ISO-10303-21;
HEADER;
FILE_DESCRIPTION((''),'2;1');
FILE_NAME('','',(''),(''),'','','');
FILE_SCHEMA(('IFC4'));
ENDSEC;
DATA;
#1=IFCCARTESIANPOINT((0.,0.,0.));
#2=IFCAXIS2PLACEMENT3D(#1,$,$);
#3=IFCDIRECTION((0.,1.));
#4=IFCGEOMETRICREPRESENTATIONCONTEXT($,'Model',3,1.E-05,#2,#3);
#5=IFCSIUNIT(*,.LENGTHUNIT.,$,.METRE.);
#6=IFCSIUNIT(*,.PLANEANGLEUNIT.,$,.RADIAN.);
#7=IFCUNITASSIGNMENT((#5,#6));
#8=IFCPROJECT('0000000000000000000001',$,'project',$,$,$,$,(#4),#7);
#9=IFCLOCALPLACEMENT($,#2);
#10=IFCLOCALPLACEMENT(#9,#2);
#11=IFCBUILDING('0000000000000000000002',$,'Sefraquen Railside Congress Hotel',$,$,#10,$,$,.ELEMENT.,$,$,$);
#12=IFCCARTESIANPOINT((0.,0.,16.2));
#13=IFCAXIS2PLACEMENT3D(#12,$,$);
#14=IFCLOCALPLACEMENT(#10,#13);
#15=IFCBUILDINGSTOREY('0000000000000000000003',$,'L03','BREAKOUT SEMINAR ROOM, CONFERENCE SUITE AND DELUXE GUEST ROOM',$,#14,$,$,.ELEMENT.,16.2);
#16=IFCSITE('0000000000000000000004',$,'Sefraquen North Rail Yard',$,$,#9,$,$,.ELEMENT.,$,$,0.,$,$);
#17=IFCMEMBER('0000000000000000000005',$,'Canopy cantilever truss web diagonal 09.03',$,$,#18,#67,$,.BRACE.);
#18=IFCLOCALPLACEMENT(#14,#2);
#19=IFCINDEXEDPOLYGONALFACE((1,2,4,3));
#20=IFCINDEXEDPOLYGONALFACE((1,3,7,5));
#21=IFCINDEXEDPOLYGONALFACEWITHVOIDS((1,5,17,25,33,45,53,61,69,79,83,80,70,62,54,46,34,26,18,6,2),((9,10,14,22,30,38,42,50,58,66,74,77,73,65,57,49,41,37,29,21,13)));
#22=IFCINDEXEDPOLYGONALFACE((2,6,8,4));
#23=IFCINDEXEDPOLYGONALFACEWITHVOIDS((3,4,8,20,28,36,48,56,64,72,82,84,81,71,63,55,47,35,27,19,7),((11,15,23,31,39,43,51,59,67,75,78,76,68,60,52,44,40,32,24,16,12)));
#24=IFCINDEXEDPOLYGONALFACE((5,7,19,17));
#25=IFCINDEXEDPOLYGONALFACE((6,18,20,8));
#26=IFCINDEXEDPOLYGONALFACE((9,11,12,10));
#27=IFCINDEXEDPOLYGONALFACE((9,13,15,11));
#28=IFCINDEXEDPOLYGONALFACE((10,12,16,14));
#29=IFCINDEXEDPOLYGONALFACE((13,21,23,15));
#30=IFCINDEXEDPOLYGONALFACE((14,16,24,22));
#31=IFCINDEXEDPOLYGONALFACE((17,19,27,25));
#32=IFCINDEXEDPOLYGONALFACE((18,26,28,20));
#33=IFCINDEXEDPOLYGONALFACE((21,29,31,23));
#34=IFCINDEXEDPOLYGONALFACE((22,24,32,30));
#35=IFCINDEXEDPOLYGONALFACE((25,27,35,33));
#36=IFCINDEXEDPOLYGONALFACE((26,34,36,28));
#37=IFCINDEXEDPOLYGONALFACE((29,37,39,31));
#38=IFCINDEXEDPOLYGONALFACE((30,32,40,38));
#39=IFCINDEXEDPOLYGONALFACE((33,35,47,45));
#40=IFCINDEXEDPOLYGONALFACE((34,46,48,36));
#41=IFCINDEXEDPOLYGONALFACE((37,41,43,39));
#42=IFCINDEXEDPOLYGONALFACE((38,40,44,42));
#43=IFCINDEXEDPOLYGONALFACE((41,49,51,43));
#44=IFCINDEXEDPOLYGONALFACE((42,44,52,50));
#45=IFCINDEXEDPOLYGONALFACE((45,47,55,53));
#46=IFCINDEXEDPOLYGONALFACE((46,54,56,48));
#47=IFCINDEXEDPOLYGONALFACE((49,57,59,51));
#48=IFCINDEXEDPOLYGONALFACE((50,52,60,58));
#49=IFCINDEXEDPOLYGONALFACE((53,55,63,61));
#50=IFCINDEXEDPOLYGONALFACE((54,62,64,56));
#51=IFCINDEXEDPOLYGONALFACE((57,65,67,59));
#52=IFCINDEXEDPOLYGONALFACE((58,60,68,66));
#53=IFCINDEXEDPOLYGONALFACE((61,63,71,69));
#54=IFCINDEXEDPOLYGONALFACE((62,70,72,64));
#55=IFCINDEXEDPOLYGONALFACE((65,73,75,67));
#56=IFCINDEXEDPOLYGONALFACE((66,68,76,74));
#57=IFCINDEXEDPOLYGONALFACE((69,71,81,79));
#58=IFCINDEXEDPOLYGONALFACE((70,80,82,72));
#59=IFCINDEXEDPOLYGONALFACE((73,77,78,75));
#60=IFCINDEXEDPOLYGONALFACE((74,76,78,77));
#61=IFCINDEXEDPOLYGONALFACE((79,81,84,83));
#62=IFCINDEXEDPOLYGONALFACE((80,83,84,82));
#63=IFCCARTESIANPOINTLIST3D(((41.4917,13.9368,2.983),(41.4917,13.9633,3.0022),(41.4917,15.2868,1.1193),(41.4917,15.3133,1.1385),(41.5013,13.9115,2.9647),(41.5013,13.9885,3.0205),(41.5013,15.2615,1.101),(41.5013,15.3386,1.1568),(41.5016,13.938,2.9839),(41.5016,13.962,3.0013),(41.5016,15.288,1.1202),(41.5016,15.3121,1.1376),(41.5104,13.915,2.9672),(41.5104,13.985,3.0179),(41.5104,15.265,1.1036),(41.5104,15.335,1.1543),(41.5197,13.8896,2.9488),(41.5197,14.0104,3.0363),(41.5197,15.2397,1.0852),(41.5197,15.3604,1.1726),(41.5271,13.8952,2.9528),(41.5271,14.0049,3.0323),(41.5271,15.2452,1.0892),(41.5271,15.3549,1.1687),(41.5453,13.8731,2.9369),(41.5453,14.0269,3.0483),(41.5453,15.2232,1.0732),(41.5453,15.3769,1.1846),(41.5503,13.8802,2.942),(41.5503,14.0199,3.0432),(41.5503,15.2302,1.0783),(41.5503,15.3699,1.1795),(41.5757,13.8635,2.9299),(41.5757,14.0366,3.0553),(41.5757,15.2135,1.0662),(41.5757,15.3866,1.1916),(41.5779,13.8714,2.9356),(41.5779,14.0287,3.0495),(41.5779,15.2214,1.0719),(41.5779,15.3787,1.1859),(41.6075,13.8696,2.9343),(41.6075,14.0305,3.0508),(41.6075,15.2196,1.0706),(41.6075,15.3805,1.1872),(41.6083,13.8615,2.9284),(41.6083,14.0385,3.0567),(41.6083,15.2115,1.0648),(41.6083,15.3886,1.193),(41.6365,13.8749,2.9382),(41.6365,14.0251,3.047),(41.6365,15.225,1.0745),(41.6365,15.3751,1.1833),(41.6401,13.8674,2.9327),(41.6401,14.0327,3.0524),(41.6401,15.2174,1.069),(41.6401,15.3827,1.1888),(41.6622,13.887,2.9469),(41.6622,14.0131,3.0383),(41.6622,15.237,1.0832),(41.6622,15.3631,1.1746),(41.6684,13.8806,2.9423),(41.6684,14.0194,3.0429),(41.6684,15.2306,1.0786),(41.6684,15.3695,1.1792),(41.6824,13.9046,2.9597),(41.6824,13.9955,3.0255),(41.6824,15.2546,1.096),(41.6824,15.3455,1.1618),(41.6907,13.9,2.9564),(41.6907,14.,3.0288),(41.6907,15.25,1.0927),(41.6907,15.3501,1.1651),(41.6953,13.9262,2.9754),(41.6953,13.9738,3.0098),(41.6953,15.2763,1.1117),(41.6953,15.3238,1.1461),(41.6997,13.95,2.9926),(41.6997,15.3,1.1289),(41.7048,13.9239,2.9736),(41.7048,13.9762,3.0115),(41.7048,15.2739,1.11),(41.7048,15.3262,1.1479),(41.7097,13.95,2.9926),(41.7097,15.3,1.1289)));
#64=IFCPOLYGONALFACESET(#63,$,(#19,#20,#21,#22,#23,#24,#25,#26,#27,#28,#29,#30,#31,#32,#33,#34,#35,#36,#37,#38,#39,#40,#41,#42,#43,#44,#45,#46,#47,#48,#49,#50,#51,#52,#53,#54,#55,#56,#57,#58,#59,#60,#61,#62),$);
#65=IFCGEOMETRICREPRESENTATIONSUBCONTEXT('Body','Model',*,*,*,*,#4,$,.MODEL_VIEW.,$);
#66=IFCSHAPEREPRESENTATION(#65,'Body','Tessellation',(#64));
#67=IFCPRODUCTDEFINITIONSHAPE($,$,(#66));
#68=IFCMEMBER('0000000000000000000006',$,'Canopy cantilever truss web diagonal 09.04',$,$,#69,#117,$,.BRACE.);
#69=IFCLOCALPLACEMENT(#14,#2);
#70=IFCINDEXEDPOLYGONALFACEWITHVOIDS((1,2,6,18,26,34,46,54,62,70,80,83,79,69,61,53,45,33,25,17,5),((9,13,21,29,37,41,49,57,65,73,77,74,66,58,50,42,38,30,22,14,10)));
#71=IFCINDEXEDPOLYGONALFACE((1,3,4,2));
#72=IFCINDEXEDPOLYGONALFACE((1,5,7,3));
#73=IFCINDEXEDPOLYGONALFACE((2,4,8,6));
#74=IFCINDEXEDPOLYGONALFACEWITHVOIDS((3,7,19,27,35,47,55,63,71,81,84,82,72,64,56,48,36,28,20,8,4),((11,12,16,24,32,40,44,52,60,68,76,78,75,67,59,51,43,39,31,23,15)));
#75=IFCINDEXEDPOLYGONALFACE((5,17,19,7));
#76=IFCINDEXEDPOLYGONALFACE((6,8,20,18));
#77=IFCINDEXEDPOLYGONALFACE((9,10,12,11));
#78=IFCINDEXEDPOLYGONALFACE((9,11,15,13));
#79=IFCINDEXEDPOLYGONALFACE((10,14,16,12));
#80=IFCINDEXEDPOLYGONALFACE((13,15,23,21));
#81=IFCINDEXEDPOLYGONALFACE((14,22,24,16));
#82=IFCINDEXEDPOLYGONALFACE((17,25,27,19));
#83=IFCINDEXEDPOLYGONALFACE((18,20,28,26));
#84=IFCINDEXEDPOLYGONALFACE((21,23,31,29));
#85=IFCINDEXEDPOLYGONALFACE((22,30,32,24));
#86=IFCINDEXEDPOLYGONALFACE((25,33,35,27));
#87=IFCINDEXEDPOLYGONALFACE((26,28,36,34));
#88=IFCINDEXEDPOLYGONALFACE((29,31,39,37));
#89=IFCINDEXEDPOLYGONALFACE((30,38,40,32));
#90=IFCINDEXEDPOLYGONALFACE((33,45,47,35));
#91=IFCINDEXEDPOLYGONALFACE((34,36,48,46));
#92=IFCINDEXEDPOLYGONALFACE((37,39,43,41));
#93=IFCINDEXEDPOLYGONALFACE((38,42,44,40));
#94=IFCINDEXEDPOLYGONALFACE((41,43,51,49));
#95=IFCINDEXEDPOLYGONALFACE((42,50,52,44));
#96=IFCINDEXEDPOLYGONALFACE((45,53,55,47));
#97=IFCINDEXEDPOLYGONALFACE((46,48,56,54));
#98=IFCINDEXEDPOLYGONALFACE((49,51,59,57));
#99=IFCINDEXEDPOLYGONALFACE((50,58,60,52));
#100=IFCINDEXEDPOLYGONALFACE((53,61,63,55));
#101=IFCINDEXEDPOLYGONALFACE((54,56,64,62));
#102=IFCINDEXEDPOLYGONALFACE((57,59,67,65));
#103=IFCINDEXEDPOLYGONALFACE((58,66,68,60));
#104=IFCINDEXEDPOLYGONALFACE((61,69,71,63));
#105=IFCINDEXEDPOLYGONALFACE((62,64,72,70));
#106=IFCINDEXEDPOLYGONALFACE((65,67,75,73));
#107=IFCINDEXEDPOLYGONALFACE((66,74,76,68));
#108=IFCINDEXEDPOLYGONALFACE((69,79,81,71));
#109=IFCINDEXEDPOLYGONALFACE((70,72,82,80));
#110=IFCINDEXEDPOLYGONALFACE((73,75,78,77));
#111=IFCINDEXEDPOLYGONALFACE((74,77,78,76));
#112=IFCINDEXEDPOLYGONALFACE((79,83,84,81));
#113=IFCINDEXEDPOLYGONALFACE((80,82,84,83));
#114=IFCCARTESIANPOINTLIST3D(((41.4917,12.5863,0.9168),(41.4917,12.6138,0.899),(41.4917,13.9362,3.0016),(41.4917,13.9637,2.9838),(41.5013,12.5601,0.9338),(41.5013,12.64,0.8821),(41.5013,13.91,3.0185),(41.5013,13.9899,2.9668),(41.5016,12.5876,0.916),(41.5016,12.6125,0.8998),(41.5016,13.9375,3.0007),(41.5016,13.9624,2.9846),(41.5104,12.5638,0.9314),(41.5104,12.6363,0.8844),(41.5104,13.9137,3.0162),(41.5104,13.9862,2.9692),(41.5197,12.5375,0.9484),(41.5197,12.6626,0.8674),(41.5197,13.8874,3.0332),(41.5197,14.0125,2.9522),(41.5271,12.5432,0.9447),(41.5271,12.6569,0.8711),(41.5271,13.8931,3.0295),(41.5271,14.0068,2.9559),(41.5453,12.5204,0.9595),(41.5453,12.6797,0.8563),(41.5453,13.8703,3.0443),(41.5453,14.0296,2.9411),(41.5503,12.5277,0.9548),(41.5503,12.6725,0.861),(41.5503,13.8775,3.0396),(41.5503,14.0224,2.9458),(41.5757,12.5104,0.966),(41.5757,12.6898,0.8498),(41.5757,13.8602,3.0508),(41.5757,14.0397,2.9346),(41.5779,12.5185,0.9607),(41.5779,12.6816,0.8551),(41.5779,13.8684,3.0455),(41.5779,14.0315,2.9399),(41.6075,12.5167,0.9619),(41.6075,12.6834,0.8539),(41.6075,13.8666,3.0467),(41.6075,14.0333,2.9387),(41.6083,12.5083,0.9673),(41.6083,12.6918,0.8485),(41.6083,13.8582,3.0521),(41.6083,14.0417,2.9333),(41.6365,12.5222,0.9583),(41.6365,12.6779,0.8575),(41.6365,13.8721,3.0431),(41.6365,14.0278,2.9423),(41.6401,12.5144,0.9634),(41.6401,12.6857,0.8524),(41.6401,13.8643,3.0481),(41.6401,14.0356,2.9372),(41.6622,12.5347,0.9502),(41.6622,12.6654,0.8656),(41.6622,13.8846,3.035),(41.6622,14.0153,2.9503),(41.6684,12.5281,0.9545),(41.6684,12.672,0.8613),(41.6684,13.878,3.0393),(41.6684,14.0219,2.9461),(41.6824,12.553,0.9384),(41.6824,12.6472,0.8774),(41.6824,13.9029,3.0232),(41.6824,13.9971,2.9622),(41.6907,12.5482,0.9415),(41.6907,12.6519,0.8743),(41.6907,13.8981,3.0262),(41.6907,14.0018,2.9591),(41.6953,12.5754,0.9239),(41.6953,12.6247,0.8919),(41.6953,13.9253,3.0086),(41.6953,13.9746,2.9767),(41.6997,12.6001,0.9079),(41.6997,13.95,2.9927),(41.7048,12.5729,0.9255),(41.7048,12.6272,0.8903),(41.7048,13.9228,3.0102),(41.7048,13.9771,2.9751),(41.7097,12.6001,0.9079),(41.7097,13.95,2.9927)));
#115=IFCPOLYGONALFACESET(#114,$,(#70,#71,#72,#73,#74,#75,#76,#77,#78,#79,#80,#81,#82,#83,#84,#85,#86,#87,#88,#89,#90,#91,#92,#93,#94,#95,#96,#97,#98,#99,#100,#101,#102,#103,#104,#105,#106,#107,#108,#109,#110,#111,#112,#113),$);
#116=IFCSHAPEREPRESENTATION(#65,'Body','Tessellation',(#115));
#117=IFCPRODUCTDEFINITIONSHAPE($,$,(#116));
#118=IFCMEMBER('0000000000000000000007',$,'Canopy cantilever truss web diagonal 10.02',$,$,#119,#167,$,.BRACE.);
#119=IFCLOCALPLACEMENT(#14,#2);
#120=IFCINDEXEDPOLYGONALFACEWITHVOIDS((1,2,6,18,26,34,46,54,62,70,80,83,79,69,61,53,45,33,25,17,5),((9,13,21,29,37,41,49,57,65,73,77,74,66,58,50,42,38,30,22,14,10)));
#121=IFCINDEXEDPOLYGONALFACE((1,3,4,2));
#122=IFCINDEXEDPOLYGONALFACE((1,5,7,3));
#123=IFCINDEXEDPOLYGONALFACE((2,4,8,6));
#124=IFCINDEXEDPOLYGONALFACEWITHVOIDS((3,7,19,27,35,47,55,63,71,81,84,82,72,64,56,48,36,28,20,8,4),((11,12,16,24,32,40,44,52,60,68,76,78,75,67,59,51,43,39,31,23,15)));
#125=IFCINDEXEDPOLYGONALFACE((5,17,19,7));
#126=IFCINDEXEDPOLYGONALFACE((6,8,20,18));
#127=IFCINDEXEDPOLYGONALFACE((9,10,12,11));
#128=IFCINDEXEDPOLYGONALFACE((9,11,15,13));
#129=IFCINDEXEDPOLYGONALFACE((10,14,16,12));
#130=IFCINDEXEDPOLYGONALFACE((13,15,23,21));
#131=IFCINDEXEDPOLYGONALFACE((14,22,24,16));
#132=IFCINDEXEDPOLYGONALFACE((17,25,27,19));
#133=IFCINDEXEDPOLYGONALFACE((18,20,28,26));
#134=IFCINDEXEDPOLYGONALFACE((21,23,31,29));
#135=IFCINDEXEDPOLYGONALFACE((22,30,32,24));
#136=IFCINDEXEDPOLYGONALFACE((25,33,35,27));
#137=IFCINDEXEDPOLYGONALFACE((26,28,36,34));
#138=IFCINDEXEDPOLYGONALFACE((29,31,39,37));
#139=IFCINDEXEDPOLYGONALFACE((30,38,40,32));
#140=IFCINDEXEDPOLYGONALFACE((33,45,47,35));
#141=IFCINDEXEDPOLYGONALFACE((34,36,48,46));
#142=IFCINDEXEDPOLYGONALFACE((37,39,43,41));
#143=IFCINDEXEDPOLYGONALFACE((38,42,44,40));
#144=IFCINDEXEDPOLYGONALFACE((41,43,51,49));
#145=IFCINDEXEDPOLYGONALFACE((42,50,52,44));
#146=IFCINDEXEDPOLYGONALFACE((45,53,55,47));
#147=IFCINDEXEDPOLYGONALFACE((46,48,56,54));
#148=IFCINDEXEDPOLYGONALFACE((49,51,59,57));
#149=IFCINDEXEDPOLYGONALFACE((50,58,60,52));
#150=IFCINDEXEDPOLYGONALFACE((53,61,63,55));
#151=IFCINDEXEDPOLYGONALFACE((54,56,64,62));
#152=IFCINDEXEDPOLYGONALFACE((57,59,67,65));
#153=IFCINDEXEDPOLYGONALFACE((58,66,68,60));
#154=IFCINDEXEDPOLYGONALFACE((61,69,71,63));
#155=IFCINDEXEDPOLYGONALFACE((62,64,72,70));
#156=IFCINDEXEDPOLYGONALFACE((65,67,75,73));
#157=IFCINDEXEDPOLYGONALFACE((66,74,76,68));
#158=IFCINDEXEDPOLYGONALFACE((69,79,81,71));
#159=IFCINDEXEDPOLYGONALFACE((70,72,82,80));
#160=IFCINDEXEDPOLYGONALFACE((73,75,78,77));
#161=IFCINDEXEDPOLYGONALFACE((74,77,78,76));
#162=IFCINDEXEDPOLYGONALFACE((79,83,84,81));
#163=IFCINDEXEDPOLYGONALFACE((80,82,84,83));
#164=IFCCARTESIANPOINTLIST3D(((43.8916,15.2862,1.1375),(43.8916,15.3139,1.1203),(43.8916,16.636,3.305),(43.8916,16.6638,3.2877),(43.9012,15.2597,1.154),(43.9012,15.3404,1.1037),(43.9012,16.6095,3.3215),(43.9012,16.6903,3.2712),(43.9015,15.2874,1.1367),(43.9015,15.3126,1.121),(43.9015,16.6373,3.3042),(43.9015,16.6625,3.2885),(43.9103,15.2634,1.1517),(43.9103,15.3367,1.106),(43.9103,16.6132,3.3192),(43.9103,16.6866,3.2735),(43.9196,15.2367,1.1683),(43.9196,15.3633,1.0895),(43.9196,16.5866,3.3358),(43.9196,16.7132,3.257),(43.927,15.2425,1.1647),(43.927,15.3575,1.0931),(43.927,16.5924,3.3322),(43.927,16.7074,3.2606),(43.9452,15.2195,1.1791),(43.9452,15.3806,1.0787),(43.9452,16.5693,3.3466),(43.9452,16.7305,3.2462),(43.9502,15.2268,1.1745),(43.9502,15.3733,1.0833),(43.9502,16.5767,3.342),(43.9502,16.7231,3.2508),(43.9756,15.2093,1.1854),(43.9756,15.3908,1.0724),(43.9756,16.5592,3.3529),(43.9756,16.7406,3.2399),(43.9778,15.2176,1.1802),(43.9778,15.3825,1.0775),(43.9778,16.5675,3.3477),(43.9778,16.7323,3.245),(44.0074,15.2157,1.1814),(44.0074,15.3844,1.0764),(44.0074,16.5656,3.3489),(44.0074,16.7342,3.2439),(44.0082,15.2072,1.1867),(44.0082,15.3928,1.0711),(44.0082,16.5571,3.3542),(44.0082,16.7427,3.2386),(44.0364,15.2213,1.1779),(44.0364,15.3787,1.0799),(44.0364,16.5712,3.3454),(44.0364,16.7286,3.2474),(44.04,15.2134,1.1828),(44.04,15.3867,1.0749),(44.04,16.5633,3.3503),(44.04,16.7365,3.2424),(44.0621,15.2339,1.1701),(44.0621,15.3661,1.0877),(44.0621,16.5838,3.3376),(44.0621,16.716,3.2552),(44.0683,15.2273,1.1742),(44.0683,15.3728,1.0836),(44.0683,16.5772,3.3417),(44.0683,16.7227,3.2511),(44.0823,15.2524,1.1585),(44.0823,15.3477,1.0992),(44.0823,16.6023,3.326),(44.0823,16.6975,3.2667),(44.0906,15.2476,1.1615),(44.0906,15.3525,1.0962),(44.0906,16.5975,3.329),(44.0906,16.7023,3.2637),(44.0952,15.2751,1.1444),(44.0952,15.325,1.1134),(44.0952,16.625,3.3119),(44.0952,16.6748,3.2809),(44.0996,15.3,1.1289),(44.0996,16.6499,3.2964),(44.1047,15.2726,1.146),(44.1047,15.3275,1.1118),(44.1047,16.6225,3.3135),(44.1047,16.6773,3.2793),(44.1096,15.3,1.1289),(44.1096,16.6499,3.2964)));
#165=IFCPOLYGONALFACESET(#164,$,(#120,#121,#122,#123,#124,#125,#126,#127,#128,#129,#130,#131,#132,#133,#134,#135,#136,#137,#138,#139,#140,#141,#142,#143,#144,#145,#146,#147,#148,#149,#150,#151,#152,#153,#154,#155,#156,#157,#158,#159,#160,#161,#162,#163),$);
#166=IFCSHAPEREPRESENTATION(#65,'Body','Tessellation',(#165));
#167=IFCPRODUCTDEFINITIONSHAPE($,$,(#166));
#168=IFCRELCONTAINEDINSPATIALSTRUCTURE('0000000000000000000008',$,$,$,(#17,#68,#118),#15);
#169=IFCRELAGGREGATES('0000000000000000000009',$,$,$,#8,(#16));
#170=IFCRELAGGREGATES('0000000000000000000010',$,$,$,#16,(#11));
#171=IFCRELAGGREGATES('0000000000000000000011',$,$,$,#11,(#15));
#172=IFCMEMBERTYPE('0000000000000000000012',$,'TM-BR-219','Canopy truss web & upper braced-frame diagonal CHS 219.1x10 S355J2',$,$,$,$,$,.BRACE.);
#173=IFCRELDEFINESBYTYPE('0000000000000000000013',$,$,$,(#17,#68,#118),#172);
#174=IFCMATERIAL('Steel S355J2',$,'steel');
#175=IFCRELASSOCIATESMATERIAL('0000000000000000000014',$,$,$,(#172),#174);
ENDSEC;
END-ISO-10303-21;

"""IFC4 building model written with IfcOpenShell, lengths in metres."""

from ifc_helpers import new_model, si_unit, direction, frame, origin, origin_2d, place, context, subcontext, project, spatial, hollow_circle, extrude, material, material_profile, profile_set, type_object, element, save


model = new_model("IFC4")

# Units and contexts
model_context = context("Model", 3, precision=1e-05, world=origin(), true_north=direction((0.0, 1.0)))
body_context = subcontext(model_context, "Body", "Model", "MODEL_VIEW")
ifc_project = project(units=[si_unit("LENGTHUNIT", "METRE"), si_unit("PLANEANGLEUNIT", "RADIAN")], contexts=[model_context])

# Site, building, storey
site_placement = place(None, origin())
site = spatial("IfcSite", under=ifc_project, at=site_placement, Name="Sefraquen North Rail Yard", CompositionType="ELEMENT", RefElevation=0.0)
building_placement = place(site_placement, origin())
building = spatial("IfcBuilding", under=site, at=building_placement, Name="Sefraquen Railside Congress Hotel", CompositionType="ELEMENT")
storey_placement = place(building_placement, frame((0.0, 0.0, 16.2)))
storey = spatial("IfcBuildingStorey", under=building, at=storey_placement, Name="L03", Description="BREAKOUT SEMINAR ROOM, CONFERENCE SUITE AND DELUXE GUEST ROOM", CompositionType="ELEMENT", Elevation=16.2)

# Shared definitions
ifc_material_1 = material(Name="Steel S355J2", Category="steel")

# Members
ifc_material_profile_1 = material_profile(ifc_material_1, hollow_circle(Radius=0.1096, WallThickness=0.01, at=origin_2d()), Name="CHS 219.1x10")
ifc_profile_set_1 = profile_set([ifc_material_profile_1], Name="Steel S355J2")
member_type_1 = type_object("IfcMemberType", Name="TM-BR-219", Description="Canopy truss web & upper braced-frame diagonal CHS 219.1x10 S355J2", PredefinedType="BRACE", material=ifc_profile_set_1)
member_1_placement = place(storey_placement, frame((41.6001, 15.3, 1.1289), z_axis=(0.0, -0.586644, 0.809845), x_axis=(1.0, 0.0, 0.0)))
element("IfcMember", 1, at=member_1_placement, inside=storey, type_object=member_type_1, Name="Canopy cantilever truss web diagonal 09.03", PredefinedType="BRACE", context=body_context, shape_type="SweptSolid", body=[
    extrude(hollow_circle(Radius=0.1096, WallThickness=0.01, at=origin_2d()), origin(), (0.0, 0.0, 1.0), 2.3013),
])
member_2_placement = place(storey_placement, frame((41.6001, 13.95, 2.9927), z_axis=(0.0, -0.543512, -0.839401), x_axis=(1.0, 0.0, 0.0)))
element("IfcMember", 2, at=member_2_placement, inside=storey, type_object=member_type_1, Name="Canopy cantilever truss web diagonal 09.04", PredefinedType="BRACE", context=body_context, shape_type="SweptSolid", body=[
    extrude(hollow_circle(Radius=0.1096, WallThickness=0.01, at=origin_2d()), origin(), (0.0, 0.0, 1.0), 2.4836),
])
member_3_placement = place(storey_placement, frame((44.0, 16.6499, 3.2964), z_axis=(0.0, -0.52864, -0.848846), x_axis=(1.0, 0.0, 0.0)))
element("IfcMember", 3, at=member_3_placement, inside=storey, type_object=member_type_1, Name="Canopy cantilever truss web diagonal 10.02", PredefinedType="BRACE", context=body_context, shape_type="SweptSolid", body=[
    extrude(hollow_circle(Radius=0.1096, WallThickness=0.01, at=origin_2d()), origin(), (0.0, 0.0, 1.0), 2.5535),
])

save(model, "model.ifc")
